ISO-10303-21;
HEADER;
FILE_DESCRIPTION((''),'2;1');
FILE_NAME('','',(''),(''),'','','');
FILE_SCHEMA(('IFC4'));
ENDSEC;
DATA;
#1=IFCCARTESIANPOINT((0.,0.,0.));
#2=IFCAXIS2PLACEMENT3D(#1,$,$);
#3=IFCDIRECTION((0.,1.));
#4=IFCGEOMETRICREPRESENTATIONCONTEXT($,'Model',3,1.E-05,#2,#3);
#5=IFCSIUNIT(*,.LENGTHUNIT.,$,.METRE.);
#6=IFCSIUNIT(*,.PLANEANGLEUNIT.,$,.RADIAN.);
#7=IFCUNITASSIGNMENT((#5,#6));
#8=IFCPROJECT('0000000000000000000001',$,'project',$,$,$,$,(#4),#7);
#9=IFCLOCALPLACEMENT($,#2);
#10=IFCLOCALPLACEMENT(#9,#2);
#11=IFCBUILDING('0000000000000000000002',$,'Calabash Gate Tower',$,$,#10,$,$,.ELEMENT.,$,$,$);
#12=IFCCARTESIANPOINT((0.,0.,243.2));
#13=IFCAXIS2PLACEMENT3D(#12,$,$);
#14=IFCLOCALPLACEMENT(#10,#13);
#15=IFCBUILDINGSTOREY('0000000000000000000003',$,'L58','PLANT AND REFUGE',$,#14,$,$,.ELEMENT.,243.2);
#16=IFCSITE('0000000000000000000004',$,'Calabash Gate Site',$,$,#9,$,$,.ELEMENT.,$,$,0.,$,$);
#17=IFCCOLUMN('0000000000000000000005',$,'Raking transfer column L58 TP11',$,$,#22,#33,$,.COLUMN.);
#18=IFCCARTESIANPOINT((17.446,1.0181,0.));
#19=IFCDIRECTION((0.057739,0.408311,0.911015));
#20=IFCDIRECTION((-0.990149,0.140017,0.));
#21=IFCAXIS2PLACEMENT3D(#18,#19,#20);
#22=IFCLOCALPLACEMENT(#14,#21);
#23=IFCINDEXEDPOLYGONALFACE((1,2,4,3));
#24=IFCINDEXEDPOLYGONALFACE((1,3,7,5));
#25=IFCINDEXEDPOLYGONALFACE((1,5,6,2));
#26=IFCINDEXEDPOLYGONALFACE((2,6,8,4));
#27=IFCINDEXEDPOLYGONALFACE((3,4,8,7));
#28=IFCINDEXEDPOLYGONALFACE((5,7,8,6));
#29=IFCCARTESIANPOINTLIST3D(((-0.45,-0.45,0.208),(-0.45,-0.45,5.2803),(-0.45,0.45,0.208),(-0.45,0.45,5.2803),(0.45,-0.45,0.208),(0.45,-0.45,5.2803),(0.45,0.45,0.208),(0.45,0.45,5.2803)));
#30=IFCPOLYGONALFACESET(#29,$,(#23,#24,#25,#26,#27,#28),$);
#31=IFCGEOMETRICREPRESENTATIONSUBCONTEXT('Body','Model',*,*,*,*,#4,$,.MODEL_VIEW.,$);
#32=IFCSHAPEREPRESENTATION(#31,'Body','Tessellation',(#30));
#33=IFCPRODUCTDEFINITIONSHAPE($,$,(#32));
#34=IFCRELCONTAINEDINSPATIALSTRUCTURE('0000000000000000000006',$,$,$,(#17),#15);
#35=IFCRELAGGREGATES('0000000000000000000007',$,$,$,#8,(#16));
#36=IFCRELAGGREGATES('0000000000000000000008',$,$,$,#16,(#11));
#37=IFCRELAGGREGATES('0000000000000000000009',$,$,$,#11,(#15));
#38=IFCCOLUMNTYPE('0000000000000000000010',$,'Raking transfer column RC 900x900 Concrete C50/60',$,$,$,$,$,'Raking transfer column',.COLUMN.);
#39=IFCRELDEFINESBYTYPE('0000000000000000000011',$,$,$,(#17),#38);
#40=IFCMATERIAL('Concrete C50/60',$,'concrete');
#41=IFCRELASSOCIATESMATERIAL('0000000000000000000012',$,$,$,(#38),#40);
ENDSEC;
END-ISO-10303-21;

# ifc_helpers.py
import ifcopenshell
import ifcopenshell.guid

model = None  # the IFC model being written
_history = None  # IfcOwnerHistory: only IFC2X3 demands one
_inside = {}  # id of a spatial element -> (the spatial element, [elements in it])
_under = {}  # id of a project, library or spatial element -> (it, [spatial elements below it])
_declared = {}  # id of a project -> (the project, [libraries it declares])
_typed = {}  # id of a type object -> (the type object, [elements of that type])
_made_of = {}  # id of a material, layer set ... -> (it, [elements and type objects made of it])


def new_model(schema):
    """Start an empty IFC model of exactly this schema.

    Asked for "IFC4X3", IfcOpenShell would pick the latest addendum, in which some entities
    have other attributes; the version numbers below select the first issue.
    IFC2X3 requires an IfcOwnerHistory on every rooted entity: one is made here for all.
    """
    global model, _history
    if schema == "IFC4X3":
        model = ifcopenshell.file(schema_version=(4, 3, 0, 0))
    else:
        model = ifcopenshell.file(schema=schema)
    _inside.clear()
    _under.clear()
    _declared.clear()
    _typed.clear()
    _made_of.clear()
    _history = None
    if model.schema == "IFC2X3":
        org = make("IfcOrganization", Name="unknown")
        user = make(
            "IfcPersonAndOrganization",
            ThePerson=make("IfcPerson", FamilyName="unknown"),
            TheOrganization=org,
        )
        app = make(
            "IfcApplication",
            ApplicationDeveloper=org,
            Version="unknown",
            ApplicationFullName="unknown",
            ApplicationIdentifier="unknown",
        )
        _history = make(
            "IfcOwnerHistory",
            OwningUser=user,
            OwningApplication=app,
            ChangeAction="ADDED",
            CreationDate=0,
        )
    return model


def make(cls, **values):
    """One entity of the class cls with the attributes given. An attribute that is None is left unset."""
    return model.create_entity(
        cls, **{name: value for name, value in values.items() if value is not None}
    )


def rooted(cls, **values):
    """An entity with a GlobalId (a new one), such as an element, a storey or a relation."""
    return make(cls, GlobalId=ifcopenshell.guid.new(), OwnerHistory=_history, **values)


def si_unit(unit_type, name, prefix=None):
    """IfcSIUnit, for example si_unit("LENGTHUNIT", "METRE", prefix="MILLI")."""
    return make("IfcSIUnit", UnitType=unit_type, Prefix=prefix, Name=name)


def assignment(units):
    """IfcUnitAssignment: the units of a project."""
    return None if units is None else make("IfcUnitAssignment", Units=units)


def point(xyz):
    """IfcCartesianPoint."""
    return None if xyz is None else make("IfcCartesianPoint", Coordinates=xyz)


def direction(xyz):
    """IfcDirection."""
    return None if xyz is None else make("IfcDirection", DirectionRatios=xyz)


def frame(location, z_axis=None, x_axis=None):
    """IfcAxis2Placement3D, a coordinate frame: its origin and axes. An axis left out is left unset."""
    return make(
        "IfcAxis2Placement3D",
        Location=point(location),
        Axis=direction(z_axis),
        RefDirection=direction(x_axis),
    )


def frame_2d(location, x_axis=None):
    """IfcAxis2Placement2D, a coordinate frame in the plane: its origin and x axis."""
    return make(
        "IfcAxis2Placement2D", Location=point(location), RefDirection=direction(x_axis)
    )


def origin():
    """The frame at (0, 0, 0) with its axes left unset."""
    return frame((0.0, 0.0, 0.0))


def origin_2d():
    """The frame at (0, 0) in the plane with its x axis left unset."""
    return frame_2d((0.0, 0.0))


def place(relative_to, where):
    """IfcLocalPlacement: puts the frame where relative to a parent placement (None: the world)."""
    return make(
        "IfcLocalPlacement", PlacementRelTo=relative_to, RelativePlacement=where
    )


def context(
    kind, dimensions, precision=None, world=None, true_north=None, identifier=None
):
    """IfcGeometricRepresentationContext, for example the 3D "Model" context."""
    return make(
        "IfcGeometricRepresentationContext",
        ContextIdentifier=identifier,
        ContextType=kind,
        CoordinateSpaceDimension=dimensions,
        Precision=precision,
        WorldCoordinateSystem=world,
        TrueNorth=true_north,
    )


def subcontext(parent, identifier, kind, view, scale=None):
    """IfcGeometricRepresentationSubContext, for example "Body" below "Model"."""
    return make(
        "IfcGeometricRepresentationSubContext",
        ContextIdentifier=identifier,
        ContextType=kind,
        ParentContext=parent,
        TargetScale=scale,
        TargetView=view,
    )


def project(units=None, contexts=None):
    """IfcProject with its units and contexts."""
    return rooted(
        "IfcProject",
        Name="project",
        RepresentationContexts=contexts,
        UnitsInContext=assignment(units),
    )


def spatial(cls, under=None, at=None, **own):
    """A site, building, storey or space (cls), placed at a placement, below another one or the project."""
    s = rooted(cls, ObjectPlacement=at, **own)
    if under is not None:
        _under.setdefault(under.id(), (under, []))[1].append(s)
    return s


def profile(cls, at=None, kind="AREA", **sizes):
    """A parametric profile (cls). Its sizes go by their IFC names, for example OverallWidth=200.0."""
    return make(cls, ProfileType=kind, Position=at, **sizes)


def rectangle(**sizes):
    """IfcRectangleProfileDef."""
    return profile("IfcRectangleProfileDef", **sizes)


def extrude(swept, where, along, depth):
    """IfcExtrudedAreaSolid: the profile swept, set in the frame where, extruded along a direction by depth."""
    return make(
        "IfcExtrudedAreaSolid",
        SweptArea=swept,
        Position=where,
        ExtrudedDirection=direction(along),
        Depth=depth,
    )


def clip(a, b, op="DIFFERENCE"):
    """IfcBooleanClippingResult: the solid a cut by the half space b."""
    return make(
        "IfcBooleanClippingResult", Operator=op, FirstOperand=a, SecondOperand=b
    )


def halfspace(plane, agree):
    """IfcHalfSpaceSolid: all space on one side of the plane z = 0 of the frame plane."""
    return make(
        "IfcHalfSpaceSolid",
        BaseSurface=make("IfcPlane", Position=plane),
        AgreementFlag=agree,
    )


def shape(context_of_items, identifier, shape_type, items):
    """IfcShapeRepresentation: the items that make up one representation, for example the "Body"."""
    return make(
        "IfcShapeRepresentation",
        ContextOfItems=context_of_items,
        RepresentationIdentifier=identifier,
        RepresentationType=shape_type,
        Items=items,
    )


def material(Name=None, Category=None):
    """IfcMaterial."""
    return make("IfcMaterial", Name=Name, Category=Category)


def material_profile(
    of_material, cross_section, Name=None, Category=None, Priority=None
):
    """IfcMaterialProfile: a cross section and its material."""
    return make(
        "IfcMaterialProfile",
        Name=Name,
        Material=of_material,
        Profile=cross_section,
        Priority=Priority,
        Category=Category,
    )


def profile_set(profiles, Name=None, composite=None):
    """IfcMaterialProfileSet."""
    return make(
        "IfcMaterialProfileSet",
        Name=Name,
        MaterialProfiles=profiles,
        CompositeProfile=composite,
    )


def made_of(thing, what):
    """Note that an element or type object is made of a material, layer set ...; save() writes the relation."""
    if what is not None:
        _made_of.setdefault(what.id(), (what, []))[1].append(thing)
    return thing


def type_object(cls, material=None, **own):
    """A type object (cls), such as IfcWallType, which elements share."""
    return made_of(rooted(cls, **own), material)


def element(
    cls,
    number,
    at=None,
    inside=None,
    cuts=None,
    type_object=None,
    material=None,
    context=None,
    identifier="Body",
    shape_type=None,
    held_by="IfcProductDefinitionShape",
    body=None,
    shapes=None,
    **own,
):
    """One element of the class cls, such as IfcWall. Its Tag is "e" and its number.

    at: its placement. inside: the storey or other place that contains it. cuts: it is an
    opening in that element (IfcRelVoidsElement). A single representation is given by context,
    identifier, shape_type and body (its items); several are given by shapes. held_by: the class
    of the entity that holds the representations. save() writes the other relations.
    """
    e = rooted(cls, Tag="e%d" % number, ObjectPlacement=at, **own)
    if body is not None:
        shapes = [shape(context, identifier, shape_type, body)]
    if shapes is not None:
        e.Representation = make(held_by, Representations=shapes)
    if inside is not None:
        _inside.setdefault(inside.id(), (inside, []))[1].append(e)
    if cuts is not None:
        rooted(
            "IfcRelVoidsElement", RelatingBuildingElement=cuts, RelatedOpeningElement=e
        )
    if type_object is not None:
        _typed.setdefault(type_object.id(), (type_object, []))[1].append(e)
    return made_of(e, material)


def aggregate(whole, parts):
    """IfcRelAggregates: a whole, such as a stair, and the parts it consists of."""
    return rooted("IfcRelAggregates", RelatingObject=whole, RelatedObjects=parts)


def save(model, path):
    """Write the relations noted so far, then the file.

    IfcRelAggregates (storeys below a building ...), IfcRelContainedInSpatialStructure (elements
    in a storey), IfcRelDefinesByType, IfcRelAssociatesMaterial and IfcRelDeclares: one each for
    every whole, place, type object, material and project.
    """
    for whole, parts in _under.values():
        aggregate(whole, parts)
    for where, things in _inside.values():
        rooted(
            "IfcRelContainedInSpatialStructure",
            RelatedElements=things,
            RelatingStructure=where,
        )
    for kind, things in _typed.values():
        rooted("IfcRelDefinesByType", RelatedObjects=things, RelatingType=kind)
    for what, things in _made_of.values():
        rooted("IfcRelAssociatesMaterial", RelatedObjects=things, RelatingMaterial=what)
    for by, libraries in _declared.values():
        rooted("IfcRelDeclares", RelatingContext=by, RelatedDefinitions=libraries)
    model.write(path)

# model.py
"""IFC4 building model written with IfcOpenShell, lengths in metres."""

from ifc_helpers import new_model, si_unit, direction, frame, origin, origin_2d, place, context, subcontext, project, spatial, rectangle, extrude, clip, halfspace, material, material_profile, profile_set, type_object, element, save


model = new_model("IFC4")

# Units and contexts
model_context = context("Model", 3, precision=1e-05, world=origin(), true_north=direction((0.0, 1.0)))
body_context = subcontext(model_context, "Body", "Model", "MODEL_VIEW")
ifc_project = project(units=[si_unit("LENGTHUNIT", "METRE"), si_unit("PLANEANGLEUNIT", "RADIAN")], contexts=[model_context])

# Site, building, storey
site_placement = place(None, origin())
site = spatial("IfcSite", under=ifc_project, at=site_placement, Name="Calabash Gate Site", CompositionType="ELEMENT", RefElevation=0.0)
building_placement = place(site_placement, origin())
building = spatial("IfcBuilding", under=site, at=building_placement, Name="Calabash Gate Tower", CompositionType="ELEMENT")
storey_placement = place(building_placement, frame((0.0, 0.0, 243.2)))
storey = spatial("IfcBuildingStorey", under=building, at=storey_placement, Name="L58", Description="PLANT AND REFUGE", CompositionType="ELEMENT", Elevation=243.2)

# Column
ifc_material_1 = material(Name="Concrete C50/60", Category="concrete")
ifc_material_profile_1 = material_profile(ifc_material_1, rectangle(XDim=0.8999, YDim=0.8999, at=origin_2d()))
ifc_profile_set_1 = profile_set([ifc_material_profile_1], Name="Concrete C50/60")
column_type = type_object("IfcColumnType", Name="Raking transfer column RC 900x900 Concrete C50/60", ElementType="Raking transfer column", PredefinedType="COLUMN", material=ifc_profile_set_1)
column_placement = place(storey_placement, frame((17.446, 1.0181, 0.0), z_axis=(0.057739, 0.408311, 0.911015), x_axis=(-0.990149, 0.140017, 0.0)))
element("IfcColumn", 1, at=column_placement, inside=storey, type_object=column_type, Name="Raking transfer column L58 TP11", PredefinedType="COLUMN", context=body_context, shape_type="Clipping", body=[
    clip(clip(extrude(rectangle(XDim=0.8999, YDim=0.8999, at=origin_2d()), origin(), (0.0, 0.0, 1.0), 5.4883), halfspace(frame((0.0, 0.0, 0.208), z_axis=(0.0, 0.0, 1.0), x_axis=(1.0, 0.0, 0.0)), True)), halfspace(frame((0.0, 0.0, 5.2803), z_axis=(0.0, 0.0, 1.0), x_axis=(1.0, 0.0, 0.0)), False)),
])

save(model, "model.ifc")
